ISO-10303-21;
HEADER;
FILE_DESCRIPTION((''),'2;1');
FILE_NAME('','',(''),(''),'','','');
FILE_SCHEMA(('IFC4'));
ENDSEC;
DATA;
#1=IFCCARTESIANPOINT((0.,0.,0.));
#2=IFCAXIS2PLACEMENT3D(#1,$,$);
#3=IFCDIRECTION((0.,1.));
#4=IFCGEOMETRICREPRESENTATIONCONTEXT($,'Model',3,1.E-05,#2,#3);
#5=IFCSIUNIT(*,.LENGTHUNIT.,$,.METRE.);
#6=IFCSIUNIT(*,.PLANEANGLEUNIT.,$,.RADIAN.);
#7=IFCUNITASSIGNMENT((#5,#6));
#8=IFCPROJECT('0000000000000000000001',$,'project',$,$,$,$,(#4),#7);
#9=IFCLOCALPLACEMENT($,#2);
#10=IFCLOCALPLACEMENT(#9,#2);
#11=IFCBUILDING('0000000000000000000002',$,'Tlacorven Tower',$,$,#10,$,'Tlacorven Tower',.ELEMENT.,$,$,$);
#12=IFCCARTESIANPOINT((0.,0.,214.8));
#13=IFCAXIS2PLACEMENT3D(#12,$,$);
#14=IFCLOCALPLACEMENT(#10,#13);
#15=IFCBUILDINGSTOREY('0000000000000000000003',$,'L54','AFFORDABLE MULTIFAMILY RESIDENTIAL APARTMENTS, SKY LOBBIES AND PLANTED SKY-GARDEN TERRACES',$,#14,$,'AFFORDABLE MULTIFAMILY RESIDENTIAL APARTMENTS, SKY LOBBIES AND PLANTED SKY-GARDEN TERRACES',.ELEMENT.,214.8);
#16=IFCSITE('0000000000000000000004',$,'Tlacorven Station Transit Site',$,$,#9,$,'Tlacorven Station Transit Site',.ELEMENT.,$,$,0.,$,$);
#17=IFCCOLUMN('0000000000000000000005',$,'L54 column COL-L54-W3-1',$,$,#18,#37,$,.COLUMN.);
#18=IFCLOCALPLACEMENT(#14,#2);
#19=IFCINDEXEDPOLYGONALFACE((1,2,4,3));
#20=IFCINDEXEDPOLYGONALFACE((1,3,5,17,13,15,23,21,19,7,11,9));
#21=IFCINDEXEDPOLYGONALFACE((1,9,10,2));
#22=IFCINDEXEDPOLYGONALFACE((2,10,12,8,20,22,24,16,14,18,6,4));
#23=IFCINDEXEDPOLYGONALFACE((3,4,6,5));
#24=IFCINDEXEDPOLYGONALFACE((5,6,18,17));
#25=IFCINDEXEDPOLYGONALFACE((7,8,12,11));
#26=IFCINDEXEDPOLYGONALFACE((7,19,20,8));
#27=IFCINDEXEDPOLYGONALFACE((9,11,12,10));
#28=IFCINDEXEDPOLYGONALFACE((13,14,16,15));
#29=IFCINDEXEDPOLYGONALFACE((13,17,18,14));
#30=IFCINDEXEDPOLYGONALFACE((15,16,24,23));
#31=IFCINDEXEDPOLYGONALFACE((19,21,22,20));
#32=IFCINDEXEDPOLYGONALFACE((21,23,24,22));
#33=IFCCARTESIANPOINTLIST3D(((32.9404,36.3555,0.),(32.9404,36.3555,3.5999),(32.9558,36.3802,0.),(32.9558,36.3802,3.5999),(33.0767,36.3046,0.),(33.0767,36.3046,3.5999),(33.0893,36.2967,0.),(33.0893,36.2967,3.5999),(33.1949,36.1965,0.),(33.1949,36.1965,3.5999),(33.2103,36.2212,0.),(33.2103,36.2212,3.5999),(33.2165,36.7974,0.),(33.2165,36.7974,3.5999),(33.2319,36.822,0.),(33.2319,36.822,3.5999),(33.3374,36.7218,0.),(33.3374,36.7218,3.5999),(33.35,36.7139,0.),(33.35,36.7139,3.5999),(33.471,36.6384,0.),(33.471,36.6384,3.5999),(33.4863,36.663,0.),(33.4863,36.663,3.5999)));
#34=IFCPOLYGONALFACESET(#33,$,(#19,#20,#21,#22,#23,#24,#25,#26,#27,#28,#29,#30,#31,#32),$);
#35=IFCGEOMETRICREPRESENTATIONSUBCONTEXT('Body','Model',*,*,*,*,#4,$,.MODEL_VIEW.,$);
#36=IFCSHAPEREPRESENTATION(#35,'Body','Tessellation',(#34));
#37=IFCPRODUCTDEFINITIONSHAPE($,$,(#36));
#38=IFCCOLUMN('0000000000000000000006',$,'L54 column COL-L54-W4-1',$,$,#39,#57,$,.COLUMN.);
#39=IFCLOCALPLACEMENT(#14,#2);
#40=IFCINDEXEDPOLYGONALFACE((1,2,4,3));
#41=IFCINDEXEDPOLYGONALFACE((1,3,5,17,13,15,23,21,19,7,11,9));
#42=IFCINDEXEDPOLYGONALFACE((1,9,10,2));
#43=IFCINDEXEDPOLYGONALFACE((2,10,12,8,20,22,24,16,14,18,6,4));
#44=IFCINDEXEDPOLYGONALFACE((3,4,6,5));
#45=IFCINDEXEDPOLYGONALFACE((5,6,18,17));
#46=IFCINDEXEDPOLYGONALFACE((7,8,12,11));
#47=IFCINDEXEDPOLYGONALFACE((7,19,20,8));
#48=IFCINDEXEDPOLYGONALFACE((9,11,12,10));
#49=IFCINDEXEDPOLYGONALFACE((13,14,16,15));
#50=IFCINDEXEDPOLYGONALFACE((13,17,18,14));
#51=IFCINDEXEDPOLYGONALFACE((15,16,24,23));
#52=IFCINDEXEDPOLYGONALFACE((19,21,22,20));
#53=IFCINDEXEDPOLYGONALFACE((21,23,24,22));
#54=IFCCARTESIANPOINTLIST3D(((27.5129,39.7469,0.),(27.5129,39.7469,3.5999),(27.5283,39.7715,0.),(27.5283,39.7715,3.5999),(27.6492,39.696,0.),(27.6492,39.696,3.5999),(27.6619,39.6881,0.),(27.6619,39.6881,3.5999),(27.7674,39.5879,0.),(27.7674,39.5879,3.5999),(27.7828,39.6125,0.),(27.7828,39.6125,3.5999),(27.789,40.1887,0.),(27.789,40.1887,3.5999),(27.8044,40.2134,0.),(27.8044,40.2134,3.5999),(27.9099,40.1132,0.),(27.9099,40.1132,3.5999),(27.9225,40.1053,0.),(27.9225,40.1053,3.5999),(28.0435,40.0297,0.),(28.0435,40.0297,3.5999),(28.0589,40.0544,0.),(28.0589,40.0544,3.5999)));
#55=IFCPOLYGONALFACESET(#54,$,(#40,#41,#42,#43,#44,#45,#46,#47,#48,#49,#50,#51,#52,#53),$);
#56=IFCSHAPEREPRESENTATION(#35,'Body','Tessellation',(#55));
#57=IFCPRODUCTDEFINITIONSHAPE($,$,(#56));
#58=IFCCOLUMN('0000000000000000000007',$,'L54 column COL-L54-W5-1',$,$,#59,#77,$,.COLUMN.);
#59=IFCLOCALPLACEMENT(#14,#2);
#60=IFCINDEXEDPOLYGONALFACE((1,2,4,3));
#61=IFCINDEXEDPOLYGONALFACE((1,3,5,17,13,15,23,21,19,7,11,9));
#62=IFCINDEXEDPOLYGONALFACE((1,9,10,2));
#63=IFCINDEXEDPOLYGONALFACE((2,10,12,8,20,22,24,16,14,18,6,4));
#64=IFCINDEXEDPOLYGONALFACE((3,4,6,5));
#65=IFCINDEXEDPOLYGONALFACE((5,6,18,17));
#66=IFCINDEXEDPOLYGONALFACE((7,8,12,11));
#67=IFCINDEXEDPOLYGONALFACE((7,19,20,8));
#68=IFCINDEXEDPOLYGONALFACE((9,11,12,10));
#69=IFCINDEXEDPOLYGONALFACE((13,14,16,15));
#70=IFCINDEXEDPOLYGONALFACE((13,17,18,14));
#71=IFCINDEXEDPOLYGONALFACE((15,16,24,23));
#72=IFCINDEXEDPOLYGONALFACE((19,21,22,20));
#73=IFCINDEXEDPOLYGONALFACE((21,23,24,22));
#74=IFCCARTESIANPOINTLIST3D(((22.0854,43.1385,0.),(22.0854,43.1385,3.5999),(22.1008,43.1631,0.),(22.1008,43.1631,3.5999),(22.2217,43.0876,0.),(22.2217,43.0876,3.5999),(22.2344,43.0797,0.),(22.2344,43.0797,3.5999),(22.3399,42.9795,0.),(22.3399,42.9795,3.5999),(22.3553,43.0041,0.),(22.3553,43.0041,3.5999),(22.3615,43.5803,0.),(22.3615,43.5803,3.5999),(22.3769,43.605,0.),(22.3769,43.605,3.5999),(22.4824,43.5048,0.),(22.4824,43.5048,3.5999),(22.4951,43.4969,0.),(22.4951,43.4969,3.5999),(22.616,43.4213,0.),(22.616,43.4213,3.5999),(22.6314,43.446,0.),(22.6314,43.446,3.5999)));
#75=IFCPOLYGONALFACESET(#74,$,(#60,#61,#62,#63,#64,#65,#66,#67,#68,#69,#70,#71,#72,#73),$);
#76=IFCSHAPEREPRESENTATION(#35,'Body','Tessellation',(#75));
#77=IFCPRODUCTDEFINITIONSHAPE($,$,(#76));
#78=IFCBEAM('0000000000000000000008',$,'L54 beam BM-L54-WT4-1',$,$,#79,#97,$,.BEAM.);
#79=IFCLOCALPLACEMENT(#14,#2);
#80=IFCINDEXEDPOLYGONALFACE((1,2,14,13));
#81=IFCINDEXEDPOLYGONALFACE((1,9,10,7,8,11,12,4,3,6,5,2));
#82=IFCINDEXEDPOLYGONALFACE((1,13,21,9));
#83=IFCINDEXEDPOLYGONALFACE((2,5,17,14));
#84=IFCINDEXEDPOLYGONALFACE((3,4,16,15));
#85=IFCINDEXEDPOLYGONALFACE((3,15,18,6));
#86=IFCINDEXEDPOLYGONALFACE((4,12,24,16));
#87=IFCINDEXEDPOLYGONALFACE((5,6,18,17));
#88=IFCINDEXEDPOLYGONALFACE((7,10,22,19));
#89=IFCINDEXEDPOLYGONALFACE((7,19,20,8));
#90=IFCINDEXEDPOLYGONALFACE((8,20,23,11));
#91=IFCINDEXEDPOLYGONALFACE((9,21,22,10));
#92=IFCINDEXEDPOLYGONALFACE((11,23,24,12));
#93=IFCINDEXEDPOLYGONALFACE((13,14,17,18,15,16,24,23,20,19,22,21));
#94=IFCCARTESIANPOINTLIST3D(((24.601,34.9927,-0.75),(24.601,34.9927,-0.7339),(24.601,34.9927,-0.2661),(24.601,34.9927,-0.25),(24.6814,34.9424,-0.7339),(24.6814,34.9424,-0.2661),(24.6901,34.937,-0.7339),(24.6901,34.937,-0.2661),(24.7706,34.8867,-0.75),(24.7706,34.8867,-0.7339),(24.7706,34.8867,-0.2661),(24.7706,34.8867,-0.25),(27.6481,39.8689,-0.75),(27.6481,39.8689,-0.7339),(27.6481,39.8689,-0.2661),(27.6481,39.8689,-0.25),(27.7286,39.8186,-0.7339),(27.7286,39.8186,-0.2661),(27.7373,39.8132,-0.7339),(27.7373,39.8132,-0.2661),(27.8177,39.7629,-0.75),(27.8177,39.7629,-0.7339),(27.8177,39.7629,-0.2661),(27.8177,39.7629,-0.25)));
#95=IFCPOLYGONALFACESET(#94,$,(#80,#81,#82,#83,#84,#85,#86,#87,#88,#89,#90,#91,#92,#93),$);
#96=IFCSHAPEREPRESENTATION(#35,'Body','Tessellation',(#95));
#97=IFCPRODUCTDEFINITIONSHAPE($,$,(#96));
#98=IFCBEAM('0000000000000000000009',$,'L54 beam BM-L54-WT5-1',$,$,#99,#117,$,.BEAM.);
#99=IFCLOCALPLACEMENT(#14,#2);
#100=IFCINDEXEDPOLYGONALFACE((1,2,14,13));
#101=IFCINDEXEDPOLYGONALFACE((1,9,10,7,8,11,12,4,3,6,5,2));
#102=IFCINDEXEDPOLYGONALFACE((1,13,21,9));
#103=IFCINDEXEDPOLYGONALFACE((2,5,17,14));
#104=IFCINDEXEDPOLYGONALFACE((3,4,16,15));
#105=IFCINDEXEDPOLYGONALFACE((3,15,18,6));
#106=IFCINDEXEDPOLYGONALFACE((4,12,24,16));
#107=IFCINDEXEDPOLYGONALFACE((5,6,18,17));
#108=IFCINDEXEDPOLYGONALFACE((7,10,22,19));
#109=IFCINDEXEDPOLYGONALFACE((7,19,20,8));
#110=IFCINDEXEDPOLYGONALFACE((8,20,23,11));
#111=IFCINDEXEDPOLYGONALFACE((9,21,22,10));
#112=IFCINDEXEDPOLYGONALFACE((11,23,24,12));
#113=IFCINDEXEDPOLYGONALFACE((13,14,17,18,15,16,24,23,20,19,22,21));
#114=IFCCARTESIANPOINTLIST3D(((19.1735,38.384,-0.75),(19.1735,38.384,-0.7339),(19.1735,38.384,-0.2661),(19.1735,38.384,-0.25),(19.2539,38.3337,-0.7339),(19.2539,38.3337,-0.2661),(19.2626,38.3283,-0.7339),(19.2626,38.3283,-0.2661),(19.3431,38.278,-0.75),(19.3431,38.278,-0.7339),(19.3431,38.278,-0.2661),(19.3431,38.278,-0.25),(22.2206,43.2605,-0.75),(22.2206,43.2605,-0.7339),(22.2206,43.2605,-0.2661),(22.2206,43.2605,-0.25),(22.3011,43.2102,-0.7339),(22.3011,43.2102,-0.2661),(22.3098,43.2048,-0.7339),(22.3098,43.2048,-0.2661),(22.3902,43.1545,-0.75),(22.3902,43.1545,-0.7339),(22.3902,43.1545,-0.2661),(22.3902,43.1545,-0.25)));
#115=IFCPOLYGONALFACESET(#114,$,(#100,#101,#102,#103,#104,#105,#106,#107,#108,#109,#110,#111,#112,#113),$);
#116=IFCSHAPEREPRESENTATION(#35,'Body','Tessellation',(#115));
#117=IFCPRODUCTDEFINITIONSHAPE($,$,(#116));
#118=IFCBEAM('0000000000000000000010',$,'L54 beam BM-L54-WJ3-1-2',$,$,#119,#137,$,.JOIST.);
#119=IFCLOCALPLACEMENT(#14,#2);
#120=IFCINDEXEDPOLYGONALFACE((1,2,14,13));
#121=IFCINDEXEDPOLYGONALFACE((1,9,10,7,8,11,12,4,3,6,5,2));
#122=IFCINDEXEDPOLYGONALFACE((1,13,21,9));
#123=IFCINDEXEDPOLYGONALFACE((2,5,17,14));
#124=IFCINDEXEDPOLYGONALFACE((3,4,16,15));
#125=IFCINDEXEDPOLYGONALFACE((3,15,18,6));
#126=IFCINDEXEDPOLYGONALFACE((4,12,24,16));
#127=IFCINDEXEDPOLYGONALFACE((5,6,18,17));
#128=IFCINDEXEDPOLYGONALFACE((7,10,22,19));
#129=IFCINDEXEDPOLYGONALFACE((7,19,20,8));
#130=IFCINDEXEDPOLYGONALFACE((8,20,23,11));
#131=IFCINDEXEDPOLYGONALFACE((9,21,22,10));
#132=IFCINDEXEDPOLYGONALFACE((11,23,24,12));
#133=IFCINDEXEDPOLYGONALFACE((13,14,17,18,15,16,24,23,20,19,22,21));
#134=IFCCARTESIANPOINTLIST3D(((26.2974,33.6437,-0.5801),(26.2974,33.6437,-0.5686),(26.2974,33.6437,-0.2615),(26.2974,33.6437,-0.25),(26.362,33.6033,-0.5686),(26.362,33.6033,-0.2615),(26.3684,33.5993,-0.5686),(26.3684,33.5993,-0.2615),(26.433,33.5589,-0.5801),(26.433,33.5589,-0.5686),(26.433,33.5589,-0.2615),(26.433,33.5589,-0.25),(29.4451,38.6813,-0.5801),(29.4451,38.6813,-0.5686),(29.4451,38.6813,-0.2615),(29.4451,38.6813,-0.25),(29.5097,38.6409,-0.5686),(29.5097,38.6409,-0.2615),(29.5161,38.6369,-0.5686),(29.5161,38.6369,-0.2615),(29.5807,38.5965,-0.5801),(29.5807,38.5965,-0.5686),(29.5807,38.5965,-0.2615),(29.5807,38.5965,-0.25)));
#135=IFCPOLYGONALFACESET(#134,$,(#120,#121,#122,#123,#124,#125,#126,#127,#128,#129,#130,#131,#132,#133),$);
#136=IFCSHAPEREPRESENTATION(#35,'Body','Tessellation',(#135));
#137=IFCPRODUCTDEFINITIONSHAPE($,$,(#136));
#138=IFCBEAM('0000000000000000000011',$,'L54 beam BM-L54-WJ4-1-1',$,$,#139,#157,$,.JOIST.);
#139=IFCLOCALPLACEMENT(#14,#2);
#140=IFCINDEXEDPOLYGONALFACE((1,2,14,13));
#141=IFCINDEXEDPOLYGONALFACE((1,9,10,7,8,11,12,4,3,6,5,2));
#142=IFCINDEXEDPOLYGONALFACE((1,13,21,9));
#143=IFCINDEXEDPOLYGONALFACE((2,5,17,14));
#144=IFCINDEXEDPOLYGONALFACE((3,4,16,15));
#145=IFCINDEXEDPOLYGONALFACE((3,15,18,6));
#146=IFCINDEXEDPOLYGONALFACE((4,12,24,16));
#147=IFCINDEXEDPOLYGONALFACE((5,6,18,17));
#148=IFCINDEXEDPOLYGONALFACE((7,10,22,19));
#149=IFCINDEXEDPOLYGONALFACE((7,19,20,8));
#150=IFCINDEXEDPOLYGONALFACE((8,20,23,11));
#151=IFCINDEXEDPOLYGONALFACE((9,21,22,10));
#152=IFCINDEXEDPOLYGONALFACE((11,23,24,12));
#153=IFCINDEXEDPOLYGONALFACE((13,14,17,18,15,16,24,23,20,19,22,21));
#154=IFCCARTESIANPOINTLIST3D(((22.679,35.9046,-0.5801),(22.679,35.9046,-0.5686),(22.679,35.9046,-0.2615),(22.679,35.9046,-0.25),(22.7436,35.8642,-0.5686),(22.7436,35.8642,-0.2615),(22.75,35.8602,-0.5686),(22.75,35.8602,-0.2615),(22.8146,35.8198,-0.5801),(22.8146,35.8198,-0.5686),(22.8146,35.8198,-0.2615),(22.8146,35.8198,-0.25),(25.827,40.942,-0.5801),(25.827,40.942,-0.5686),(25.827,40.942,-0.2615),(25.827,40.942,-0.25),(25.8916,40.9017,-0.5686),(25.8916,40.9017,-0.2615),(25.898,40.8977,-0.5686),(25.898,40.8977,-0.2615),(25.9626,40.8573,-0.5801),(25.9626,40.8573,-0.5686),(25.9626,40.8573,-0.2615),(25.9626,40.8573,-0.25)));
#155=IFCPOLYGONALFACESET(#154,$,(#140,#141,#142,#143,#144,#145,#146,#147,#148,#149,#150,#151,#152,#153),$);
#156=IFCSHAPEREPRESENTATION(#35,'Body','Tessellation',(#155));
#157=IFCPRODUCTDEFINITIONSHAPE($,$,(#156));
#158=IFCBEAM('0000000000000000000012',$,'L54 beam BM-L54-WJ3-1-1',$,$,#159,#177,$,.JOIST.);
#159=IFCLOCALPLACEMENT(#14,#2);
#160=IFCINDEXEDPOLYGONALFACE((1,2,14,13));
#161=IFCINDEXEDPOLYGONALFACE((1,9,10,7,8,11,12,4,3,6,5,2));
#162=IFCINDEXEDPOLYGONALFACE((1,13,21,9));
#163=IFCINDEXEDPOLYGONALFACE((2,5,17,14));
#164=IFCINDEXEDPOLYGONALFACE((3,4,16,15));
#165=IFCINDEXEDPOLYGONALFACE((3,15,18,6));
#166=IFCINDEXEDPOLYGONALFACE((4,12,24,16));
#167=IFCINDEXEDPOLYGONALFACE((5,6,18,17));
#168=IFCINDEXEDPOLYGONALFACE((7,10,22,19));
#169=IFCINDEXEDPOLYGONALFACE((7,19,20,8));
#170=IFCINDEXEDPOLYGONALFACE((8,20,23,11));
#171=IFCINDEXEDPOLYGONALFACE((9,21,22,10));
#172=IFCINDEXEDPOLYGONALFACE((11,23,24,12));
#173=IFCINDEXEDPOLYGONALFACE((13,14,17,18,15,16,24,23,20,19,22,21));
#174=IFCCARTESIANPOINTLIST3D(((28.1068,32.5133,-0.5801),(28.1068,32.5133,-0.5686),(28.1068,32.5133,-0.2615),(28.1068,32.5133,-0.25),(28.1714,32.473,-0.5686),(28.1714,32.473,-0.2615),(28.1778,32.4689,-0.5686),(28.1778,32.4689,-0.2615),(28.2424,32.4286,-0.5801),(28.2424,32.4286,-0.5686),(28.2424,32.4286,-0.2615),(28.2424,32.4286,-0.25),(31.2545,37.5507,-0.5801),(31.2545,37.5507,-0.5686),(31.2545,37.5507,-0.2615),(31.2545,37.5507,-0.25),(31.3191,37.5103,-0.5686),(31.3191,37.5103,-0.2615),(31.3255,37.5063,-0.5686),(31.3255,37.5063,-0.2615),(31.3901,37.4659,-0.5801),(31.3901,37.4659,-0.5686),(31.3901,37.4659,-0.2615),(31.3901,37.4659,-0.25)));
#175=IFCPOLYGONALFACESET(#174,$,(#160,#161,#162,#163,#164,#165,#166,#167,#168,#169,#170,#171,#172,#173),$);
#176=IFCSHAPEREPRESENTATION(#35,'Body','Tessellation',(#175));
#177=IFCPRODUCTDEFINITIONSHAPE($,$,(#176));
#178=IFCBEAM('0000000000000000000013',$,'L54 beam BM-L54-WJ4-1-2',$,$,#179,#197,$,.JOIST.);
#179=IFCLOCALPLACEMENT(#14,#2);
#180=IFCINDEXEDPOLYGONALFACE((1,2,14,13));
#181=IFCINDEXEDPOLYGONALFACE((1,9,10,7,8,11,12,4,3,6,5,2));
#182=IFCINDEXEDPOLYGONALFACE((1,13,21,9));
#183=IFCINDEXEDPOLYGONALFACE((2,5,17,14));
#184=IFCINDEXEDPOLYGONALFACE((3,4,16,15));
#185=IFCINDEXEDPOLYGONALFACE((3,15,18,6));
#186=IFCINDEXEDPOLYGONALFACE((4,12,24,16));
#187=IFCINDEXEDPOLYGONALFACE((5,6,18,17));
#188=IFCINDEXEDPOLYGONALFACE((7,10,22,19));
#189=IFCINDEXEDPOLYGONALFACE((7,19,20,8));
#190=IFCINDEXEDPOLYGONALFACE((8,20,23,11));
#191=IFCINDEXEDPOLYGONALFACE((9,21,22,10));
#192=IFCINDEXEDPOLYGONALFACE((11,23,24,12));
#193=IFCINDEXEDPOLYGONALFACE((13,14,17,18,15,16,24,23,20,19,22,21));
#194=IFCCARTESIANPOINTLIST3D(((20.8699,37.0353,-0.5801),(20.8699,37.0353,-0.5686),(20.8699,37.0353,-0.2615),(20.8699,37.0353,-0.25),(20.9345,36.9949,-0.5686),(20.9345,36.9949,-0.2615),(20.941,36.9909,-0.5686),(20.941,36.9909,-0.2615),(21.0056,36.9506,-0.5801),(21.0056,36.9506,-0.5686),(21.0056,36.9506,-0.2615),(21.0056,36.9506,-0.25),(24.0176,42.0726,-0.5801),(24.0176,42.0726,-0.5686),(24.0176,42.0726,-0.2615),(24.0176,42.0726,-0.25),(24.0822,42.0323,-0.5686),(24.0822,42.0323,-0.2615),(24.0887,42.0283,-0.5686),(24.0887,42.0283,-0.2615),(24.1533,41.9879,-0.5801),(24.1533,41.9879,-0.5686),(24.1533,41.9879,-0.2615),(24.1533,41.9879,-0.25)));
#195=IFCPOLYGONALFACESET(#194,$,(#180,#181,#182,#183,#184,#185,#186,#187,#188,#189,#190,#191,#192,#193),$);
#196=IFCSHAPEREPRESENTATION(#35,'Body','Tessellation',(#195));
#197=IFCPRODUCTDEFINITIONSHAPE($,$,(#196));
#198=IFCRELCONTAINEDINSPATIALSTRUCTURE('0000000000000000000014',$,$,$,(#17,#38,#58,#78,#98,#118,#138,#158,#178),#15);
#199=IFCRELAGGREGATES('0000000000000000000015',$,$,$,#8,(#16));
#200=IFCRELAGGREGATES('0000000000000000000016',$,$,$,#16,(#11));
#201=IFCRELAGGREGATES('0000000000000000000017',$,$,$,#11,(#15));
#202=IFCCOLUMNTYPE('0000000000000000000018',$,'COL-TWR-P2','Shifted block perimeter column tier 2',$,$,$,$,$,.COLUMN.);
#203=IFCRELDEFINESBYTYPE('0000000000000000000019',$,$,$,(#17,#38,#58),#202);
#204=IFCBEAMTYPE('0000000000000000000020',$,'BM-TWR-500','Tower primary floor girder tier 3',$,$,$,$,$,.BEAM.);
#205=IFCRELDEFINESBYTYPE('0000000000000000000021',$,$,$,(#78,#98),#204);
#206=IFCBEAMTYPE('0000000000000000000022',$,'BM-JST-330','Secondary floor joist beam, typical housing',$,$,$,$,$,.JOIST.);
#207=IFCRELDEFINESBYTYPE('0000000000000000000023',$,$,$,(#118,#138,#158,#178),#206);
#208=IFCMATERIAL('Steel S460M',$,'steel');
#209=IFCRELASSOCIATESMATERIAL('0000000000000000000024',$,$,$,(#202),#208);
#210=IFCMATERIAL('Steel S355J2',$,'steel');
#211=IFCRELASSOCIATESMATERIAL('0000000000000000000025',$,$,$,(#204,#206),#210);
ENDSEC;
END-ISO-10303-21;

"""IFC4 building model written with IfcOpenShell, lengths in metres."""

from ifc_helpers import new_model, si_unit, direction, frame, origin, origin_2d, place, context, subcontext, project, spatial, i_section, extrude, source, transform, mapped, material, material_profile, profile_set, type_object, element, save


model = new_model("IFC4")

# Units and contexts
model_context = context("Model", 3, precision=1e-05, world=origin(), true_north=direction((0.0, 1.0)))
body_context = subcontext(model_context, "Body", "Model", "MODEL_VIEW")
ifc_project = project(units=[si_unit("LENGTHUNIT", "METRE"), si_unit("PLANEANGLEUNIT", "RADIAN")], contexts=[model_context])

# Site, building, storey
site_placement = place(None, origin())
site = spatial("IfcSite", under=ifc_project, at=site_placement, Name="Tlacorven Station Transit Site", LongName="Tlacorven Station Transit Site", CompositionType="ELEMENT", RefElevation=0.0)
building_placement = place(site_placement, origin())
building = spatial("IfcBuilding", under=site, at=building_placement, Name="Tlacorven Tower", LongName="Tlacorven Tower", CompositionType="ELEMENT")
storey_placement = place(building_placement, frame((0.0, 0.0, 214.8)))
storey = spatial("IfcBuildingStorey", under=building, at=storey_placement, Name="L54", Description="AFFORDABLE MULTIFAMILY RESIDENTIAL APARTMENTS, SKY LOBBIES AND PLANTED SKY-GARDEN TERRACES", LongName="AFFORDABLE MULTIFAMILY RESIDENTIAL APARTMENTS, SKY LOBBIES AND PLANTED SKY-GARDEN TERRACES", CompositionType="ELEMENT", Elevation=214.8)

# Columns
ifc_material_1 = material(Name="Steel S460M", Category="steel")
ifc_material_profile_1 = material_profile(ifc_material_1, i_section(OverallWidth=0.3, OverallDepth=0.55, WebThickness=0.0149, FlangeThickness=0.0291, at=origin_2d()), Name="HEB 550")
ifc_profile_set_1 = profile_set([ifc_material_profile_1], Name="Steel S460M")
column_type = type_object("IfcColumnType", Name="COL-TWR-P2", Description="Shifted block perimeter column tier 2", PredefinedType="COLUMN", material=ifc_profile_set_1)
shared_shape_1 = source(origin(), body_context, "Body", "SweptSolid", [
    extrude(i_section(OverallWidth=0.3, OverallDepth=0.55, WebThickness=0.0149, FlangeThickness=0.0291, at=origin_2d()), origin(), (0.0, 0.0, 1.0), 3.5999),
])
for number, where, z_axis, x_axis, name in (
    (1, (33.2134, 36.5093, 0.0), (0.0, 0.0, 1.0), (-0.848048, 0.529919, 0.0), "L54 column COL-L54-W3-1"),
    (2, (27.7859, 39.9006, 0.0), (0.0, 0.0, 1.0), (-0.848048, 0.529919, 0.0), "L54 column COL-L54-W4-1"),
    (3, (22.3584, 43.2922, 0.0), (0.0, 0.0, 1.0), (-0.848048, 0.529919, 0.0), "L54 column COL-L54-W5-1"),
):
    element("IfcColumn", number, at=place(storey_placement, frame(where, z_axis=z_axis, x_axis=x_axis)), inside=storey, type_object=column_type, Name=name, PredefinedType="COLUMN", context=body_context, shape_type="MappedRepresentation", body=[
        mapped(shared_shape_1, transform((0.0, 0.0, 0.0), scale=1.0)),
    ])

# Beams
ifc_material_2 = material(Name="Steel S355J2", Category="steel")
ifc_material_profile_2 = material_profile(ifc_material_2, i_section(OverallWidth=0.2, OverallDepth=0.5, WebThickness=0.0103, FlangeThickness=0.0161, at=origin_2d()), Name="IPE 500")
ifc_profile_set_2 = profile_set([ifc_material_profile_2], Name="Steel S355J2")
beam_type_1 = type_object("IfcBeamType", Name="BM-TWR-500", Description="Tower primary floor girder tier 3", PredefinedType="BEAM", material=ifc_profile_set_2)
shared_shape_2 = source(origin(), body_context, "Body", "SweptSolid", [
    extrude(i_section(OverallWidth=0.2, OverallDepth=0.5, WebThickness=0.0103, FlangeThickness=0.0161, at=origin_2d()), origin(), (0.0, 0.0, 1.0), 5.75),
])
beam_1_placement = place(storey_placement, frame((27.7329, 39.8159, -0.5), z_axis=(-0.529934, -0.848039, 0.0), x_axis=(0.848039, -0.529934, 0.0)))
element("IfcBeam", 4, at=beam_1_placement, inside=storey, type_object=beam_type_1, Name="L54 beam BM-L54-WT4-1", PredefinedType="BEAM", context=body_context, shape_type="MappedRepresentation", body=[
    mapped(shared_shape_2, transform((0.0, 0.0, 0.0), scale=1.0)),
])
shared_shape_3 = source(origin(), body_context, "Body", "SweptSolid", [
    extrude(i_section(OverallWidth=0.2, OverallDepth=0.5, WebThickness=0.0103, FlangeThickness=0.0161, at=origin_2d()), origin(), (0.0, 0.0, 1.0), 5.7502),
])
beam_2_placement = place(storey_placement, frame((22.3054, 43.2075, -0.5), z_axis=(-0.529915, -0.848051, 0.0), x_axis=(0.848051, -0.529915, 0.0)))
element("IfcBeam", 5, at=beam_2_placement, inside=storey, type_object=beam_type_1, Name="L54 beam BM-L54-WT5-1", PredefinedType="BEAM", context=body_context, shape_type="MappedRepresentation", body=[
    mapped(shared_shape_3, transform((0.0, 0.0, 0.0), scale=1.0)),
])
ifc_material_profile_3 = material_profile(ifc_material_2, i_section(OverallWidth=0.1599, OverallDepth=0.3301, WebThickness=0.0076, FlangeThickness=0.0115, at=origin_2d()), Name="IPE 330")
ifc_profile_set_3 = profile_set([ifc_material_profile_3], Name="Steel S355J2")
beam_type_2 = type_object("IfcBeamType", Name="BM-JST-330", Description="Secondary floor joist beam, typical housing", PredefinedType="JOIST", material=ifc_profile_set_3)
shared_shape_4 = source(origin(), body_context, "Body", "SweptSolid", [
    extrude(i_section(OverallWidth=0.1599, OverallDepth=0.3301, WebThickness=0.0076, FlangeThickness=0.0115, at=origin_2d()), origin(), (0.0, 0.0, 1.0), 5.9402),
])
for number, where, z_axis, x_axis, name in (
    (6, (29.5129, 38.6389, -0.415), (-0.529903, -0.848058, 0.0), (0.848058, -0.529903, 0.0), "L54 beam BM-L54-WJ3-1-2"),
    (7, (25.8948, 40.8997, -0.415), (-0.529951, -0.848028, 0.0), (0.848028, -0.529951, 0.0), "L54 beam BM-L54-WJ4-1-1"),
):
    element("IfcBeam", number, at=place(storey_placement, frame(where, z_axis=z_axis, x_axis=x_axis)), inside=storey, type_object=beam_type_2, Name=name, PredefinedType="JOIST", context=body_context, shape_type="MappedRepresentation", body=[
        mapped(shared_shape_4, transform((0.0, 0.0, 0.0), scale=1.0)),
    ])
shared_shape_5 = source(origin(), body_context, "Body", "SweptSolid", [
    extrude(i_section(OverallWidth=0.1599, OverallDepth=0.3301, WebThickness=0.0076, FlangeThickness=0.0115, at=origin_2d()), origin(), (0.0, 0.0, 1.0), 5.9399),
])
for number, where, z_axis, x_axis, name in (
    (8, (31.3223, 37.5083, -0.415), (-0.529921, -0.848047, 0.0), (0.848047, -0.529921, 0.0), "L54 beam BM-L54-WJ3-1-1"),
    (9, (24.0854, 42.0303, -0.415), (-0.529921, -0.848047, 0.0), (0.848047, -0.529921, 0.0), "L54 beam BM-L54-WJ4-1-2"),
):
    element("IfcBeam", number, at=place(storey_placement, frame(where, z_axis=z_axis, x_axis=x_axis)), inside=storey, type_object=beam_type_2, Name=name, PredefinedType="JOIST", context=body_context, shape_type="MappedRepresentation", body=[
        mapped(shared_shape_5, transform((0.0, 0.0, 0.0), scale=1.0)),
    ])

save(model, "model.ifc")
